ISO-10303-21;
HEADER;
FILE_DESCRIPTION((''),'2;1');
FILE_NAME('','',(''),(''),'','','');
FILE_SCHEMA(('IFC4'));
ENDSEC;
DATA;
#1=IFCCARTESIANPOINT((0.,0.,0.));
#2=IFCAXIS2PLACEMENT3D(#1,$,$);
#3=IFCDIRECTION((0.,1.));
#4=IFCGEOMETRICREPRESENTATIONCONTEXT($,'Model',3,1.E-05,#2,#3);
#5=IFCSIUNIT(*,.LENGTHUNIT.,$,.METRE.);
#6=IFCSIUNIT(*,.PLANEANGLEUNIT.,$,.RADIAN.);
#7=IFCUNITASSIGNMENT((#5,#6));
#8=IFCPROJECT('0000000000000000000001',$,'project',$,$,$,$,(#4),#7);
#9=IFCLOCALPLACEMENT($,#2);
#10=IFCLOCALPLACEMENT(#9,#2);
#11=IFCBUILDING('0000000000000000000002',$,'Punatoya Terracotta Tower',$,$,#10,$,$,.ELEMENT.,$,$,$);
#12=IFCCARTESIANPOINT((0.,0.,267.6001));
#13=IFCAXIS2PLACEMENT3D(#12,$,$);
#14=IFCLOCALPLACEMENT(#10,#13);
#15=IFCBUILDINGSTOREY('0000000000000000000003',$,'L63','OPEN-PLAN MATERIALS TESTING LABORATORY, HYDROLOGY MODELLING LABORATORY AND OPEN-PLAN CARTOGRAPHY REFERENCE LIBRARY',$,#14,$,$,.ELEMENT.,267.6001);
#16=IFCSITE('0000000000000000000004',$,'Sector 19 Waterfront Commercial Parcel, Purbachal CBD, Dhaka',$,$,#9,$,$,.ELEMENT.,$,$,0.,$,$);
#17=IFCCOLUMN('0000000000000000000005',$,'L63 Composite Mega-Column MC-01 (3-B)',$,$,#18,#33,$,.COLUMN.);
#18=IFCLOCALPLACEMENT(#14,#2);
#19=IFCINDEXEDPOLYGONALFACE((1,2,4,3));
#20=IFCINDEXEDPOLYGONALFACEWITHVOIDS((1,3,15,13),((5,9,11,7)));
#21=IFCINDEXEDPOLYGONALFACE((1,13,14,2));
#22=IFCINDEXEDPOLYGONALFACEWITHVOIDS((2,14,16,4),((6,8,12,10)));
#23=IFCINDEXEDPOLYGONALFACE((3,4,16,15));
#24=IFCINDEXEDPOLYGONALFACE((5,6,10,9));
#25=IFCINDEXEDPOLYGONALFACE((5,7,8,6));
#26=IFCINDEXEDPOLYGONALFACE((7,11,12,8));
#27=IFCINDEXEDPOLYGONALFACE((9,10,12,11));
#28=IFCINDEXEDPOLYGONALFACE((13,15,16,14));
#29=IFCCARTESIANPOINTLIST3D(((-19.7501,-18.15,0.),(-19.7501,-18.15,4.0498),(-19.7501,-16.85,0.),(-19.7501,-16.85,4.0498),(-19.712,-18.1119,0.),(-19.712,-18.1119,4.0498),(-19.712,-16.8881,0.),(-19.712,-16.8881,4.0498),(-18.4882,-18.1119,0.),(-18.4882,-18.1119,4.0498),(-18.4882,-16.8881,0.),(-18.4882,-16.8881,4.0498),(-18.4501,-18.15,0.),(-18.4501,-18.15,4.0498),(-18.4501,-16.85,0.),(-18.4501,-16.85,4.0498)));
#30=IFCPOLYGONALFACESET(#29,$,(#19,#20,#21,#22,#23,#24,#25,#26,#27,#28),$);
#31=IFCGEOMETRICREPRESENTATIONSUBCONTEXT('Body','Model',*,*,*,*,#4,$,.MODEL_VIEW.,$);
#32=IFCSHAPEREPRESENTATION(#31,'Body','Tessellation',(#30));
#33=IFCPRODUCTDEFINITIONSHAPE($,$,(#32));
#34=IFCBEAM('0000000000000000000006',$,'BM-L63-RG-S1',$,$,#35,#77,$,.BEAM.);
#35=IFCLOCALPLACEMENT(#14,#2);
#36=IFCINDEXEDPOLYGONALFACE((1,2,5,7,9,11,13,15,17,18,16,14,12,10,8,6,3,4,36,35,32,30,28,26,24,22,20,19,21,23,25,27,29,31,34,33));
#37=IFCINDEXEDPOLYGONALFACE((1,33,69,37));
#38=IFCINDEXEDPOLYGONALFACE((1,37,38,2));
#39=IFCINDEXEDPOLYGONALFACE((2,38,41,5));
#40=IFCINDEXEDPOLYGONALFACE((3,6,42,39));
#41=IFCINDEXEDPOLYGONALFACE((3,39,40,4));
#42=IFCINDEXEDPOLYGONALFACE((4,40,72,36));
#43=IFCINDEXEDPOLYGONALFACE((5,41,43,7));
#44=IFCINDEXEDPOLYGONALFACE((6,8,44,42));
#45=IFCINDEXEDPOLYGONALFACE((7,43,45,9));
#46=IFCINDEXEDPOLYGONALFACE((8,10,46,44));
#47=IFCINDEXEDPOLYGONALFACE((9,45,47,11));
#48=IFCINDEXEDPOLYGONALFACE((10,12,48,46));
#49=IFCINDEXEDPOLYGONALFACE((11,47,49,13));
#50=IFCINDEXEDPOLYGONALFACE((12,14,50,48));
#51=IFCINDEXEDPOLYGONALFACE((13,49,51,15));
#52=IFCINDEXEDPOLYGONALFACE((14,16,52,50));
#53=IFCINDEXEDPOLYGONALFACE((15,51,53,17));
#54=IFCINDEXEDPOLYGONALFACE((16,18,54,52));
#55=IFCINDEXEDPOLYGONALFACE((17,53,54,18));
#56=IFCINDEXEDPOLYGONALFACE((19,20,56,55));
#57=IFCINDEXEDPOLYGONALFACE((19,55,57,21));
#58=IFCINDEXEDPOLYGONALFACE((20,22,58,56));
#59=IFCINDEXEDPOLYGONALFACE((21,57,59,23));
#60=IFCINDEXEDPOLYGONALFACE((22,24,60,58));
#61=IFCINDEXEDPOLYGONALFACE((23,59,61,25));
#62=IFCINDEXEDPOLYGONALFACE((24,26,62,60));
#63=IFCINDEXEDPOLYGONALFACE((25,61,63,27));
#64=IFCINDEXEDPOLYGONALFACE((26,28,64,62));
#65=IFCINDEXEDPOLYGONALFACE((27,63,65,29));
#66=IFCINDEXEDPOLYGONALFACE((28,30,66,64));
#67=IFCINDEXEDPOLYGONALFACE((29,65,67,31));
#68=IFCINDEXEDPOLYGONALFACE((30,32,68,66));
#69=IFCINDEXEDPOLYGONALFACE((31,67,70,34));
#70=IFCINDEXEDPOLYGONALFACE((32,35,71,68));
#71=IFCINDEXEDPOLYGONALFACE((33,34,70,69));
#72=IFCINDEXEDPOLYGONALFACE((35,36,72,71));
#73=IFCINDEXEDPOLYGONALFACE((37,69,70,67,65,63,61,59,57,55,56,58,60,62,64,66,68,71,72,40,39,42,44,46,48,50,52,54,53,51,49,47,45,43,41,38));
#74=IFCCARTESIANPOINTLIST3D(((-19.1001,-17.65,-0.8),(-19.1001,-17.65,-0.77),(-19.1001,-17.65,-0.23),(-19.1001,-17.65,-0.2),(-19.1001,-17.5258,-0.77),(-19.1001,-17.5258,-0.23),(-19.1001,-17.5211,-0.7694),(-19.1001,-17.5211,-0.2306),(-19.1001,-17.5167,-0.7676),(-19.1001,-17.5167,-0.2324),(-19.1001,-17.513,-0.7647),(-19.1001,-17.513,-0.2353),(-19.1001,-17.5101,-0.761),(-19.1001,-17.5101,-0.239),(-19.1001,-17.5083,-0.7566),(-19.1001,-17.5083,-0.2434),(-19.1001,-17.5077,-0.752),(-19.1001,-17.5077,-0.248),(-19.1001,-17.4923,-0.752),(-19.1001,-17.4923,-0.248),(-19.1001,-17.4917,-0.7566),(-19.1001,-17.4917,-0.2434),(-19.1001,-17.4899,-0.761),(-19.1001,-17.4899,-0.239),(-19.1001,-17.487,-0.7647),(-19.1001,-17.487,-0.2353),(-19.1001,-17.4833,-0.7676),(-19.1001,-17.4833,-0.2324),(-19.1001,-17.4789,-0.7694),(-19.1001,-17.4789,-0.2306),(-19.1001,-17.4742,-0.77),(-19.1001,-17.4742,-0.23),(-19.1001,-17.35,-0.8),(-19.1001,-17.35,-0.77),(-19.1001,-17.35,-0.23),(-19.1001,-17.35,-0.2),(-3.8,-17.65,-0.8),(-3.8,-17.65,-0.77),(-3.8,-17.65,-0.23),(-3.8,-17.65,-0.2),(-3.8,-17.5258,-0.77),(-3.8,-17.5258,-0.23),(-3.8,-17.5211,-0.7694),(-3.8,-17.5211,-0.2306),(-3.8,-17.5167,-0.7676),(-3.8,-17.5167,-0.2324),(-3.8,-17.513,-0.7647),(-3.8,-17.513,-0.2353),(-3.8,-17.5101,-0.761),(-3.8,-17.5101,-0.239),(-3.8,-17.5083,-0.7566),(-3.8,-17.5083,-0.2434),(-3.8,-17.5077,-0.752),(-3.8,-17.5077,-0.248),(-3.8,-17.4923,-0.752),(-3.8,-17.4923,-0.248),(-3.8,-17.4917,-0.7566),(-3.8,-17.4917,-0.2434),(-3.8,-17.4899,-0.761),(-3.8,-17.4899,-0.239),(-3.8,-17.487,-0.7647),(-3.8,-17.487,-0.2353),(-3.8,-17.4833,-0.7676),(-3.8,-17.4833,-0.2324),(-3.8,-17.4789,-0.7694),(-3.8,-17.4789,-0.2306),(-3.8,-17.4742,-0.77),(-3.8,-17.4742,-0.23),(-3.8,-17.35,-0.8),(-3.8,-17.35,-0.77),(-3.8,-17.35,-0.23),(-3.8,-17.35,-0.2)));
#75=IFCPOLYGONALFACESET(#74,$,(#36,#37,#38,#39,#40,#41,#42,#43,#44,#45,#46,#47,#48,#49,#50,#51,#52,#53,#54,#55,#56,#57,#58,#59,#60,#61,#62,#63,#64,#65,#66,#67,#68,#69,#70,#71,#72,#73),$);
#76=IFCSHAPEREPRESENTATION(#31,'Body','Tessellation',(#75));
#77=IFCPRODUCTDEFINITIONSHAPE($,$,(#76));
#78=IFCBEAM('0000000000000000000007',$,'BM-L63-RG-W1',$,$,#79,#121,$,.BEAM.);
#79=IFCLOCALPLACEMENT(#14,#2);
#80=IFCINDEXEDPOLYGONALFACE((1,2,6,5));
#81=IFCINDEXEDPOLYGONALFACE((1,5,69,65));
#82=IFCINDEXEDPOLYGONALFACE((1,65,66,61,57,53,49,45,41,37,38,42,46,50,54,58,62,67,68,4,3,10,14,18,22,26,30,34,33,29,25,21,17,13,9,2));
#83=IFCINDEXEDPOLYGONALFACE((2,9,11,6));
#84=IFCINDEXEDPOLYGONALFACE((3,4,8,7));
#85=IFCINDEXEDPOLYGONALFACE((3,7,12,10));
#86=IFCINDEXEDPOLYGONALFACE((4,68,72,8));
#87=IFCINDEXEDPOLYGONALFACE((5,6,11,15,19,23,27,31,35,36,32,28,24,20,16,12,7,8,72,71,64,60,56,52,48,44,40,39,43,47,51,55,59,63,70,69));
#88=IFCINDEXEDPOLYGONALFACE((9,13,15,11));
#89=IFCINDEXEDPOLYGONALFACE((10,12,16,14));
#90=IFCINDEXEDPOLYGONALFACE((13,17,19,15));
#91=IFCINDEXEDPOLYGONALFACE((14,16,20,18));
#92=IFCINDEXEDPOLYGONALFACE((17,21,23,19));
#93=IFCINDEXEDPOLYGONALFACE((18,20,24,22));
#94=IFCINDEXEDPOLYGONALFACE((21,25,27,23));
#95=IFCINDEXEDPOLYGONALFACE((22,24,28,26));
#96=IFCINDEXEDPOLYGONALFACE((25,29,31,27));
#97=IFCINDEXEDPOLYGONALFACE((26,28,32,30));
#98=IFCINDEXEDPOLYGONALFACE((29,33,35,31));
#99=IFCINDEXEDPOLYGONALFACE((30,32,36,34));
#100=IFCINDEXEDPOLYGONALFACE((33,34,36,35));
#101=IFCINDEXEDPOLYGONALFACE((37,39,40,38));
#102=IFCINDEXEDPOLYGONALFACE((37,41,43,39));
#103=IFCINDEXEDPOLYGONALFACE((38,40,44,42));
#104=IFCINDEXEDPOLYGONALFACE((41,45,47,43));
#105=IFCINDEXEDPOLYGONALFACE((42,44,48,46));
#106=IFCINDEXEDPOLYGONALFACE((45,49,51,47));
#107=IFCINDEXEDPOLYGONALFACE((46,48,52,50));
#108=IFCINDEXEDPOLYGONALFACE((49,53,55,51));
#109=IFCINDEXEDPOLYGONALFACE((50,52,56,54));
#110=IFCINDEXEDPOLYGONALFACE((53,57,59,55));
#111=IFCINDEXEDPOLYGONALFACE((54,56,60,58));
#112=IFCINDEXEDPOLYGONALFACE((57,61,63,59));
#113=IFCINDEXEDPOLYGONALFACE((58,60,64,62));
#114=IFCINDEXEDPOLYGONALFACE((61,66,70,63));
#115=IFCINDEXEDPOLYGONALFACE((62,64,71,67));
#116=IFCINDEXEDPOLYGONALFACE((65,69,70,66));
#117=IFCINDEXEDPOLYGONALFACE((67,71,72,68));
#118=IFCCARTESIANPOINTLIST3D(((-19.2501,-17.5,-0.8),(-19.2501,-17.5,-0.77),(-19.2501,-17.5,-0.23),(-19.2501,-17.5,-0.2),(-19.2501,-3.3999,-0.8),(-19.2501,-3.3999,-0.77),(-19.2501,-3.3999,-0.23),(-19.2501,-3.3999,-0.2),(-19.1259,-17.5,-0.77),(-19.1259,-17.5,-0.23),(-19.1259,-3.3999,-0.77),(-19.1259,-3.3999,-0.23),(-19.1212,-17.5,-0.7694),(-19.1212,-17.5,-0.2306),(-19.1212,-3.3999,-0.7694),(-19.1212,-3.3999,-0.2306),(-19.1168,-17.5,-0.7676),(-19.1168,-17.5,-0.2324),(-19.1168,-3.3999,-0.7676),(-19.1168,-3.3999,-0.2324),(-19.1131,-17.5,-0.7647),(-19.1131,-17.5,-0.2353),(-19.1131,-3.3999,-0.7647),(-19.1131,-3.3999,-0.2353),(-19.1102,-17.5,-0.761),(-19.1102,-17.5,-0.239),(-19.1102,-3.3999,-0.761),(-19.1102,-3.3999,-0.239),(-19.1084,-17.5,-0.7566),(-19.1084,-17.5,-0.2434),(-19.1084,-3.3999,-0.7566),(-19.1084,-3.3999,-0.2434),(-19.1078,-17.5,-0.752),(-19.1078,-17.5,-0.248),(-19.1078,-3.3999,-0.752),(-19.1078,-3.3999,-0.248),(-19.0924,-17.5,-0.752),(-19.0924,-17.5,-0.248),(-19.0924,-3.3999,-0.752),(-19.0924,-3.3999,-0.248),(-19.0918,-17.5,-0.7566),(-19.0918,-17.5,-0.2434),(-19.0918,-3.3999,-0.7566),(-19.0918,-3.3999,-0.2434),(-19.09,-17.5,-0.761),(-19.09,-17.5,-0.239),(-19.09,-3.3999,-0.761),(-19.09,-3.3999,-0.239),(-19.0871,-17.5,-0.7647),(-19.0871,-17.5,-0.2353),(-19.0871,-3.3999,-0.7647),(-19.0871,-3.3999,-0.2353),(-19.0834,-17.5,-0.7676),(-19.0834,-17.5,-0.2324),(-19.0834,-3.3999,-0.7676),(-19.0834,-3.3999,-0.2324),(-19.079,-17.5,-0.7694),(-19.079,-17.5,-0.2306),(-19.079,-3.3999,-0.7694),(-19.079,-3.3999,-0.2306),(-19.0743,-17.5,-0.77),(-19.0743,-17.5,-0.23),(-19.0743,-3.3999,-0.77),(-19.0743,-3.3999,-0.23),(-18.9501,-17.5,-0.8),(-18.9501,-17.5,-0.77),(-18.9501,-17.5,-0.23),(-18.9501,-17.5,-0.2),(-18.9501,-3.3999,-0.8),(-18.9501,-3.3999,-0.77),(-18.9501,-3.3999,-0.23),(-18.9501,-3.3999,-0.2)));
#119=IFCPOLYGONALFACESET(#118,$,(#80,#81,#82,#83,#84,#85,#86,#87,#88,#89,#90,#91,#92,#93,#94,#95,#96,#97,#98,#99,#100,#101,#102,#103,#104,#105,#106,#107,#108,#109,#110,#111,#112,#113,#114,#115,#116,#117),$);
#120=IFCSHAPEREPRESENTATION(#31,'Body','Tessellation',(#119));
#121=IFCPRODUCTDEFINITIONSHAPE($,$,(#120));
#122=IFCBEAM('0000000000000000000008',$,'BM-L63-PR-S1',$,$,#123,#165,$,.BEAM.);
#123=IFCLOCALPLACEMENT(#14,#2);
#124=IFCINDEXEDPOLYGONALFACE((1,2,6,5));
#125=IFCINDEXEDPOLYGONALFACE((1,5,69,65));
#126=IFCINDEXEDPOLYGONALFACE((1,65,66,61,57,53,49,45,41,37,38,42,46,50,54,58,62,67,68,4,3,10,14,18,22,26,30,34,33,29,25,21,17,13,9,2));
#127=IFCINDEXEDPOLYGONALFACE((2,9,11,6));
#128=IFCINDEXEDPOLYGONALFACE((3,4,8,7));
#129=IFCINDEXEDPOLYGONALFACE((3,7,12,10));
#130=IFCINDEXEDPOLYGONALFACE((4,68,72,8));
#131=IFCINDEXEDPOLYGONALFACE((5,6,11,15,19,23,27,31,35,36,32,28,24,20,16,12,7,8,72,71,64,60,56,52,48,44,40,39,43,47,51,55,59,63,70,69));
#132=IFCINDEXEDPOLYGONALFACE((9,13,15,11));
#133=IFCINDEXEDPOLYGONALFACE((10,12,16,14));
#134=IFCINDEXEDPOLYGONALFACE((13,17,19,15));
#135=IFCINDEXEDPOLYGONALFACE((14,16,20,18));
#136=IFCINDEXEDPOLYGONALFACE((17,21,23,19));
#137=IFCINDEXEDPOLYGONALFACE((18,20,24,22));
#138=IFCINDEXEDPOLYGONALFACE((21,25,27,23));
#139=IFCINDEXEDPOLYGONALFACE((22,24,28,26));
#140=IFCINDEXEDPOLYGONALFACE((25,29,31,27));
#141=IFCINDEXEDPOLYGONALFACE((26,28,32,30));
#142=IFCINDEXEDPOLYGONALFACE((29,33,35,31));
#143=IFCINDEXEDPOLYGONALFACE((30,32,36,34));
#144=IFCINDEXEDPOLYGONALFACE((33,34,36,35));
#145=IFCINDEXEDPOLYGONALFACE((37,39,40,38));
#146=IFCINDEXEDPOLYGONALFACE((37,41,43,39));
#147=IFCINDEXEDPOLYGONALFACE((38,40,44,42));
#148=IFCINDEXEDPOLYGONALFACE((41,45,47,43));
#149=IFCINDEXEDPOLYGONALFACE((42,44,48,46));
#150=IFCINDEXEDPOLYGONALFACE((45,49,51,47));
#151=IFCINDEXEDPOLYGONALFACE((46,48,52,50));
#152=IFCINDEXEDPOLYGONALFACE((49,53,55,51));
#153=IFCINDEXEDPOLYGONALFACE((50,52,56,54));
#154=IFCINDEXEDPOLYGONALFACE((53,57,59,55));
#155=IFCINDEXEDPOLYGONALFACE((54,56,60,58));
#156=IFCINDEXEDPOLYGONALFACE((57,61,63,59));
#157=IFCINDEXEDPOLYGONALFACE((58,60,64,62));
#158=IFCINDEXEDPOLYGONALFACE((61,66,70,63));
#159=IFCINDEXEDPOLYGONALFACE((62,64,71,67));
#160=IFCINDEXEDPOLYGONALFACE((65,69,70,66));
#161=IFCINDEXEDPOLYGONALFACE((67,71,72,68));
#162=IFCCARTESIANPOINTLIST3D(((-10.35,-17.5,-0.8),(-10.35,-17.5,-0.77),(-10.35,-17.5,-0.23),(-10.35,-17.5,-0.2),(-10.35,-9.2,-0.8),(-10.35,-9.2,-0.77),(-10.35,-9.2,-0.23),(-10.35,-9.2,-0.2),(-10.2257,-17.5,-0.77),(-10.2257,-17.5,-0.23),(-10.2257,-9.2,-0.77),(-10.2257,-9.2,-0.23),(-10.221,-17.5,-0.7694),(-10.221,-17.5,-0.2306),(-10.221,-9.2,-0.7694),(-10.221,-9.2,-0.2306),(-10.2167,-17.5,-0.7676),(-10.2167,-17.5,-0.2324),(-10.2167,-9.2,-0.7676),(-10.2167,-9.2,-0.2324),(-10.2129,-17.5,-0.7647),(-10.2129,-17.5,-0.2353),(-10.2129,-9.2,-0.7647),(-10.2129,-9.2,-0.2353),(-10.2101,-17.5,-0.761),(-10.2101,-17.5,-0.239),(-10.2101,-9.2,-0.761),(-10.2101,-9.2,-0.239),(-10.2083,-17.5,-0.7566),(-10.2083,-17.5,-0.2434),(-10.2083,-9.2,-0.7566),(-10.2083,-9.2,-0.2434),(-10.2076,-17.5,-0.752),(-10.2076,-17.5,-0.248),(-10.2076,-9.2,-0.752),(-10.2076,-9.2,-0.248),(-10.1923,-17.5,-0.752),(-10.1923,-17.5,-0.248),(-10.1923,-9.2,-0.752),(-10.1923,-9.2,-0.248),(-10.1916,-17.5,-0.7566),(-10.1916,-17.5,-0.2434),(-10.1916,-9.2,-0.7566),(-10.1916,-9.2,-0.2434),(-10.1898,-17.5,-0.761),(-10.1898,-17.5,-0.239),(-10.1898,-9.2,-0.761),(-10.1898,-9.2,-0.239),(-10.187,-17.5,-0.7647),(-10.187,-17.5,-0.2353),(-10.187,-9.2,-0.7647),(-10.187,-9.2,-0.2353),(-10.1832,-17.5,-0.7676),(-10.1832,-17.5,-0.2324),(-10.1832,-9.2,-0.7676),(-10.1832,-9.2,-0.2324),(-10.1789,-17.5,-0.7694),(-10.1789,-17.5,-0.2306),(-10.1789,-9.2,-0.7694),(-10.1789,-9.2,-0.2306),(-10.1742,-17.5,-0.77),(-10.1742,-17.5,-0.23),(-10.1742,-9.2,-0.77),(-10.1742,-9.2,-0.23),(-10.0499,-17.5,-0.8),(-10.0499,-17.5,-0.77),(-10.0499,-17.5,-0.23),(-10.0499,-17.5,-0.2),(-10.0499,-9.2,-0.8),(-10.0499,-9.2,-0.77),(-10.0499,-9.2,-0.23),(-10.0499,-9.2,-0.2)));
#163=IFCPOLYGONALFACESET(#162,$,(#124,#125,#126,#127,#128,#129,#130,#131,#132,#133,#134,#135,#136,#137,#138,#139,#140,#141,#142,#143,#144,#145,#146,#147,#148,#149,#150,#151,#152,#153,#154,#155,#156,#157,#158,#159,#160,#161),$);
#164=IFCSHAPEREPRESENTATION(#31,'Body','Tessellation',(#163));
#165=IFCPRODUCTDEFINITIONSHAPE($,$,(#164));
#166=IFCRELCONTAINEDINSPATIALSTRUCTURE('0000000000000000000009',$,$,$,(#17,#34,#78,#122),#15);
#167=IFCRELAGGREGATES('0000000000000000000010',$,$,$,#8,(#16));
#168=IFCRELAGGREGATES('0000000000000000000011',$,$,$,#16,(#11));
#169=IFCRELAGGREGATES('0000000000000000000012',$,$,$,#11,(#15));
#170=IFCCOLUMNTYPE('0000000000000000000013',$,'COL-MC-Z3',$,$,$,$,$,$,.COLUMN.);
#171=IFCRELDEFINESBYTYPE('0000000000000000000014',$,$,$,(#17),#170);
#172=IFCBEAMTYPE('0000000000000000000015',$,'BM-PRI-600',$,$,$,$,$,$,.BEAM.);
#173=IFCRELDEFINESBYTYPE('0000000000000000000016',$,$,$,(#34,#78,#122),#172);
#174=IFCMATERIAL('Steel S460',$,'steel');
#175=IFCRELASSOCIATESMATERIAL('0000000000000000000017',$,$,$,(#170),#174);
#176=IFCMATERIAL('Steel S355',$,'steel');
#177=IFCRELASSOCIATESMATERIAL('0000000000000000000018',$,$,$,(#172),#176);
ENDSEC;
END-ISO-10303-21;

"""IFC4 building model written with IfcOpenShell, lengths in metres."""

from ifc_helpers import new_model, si_unit, direction, frame, origin, origin_2d, place, context, subcontext, project, spatial, hollow_rectangle, i_section, extrude, material, material_profile, profile_set, type_object, element, save


model = new_model("IFC4")

# Units and contexts
model_context = context("Model", 3, precision=1e-05, world=origin(), true_north=direction((0.0, 1.0)))
body_context = subcontext(model_context, "Body", "Model", "MODEL_VIEW")
ifc_project = project(units=[si_unit("LENGTHUNIT", "METRE"), si_unit("PLANEANGLEUNIT", "RADIAN")], contexts=[model_context])

# Site, building, storey
site_placement = place(None, origin())
site = spatial("IfcSite", under=ifc_project, at=site_placement, Name="Sector 19 Waterfront Commercial Parcel, Purbachal CBD, Dhaka", CompositionType="ELEMENT", RefElevation=0.0)
building_placement = place(site_placement, origin())
building = spatial("IfcBuilding", under=site, at=building_placement, Name="Punatoya Terracotta Tower", CompositionType="ELEMENT")
storey_placement = place(building_placement, frame((0.0, 0.0, 267.6001)))
storey = spatial("IfcBuildingStorey", under=building, at=storey_placement, Name="L63", Description="OPEN-PLAN MATERIALS TESTING LABORATORY, HYDROLOGY MODELLING LABORATORY AND OPEN-PLAN CARTOGRAPHY REFERENCE LIBRARY", CompositionType="ELEMENT", Elevation=267.6001)

# Column
ifc_material_1 = material(Name="Steel S460", Category="steel")
ifc_material_profile_1 = material_profile(ifc_material_1, hollow_rectangle(XDim=1.3, YDim=1.3, WallThickness=0.0381, at=origin_2d()))
ifc_profile_set_1 = profile_set([ifc_material_profile_1], Name="Steel S460")
column_type = type_object("IfcColumnType", Name="COL-MC-Z3", PredefinedType="COLUMN", material=ifc_profile_set_1)
column_placement = place(storey_placement, frame((-19.1001, -17.5, 0.0), z_axis=(0.0, 0.0, 1.0), x_axis=(1.0, 0.0, 0.0)))
element("IfcColumn", 1, at=column_placement, inside=storey, type_object=column_type, Name="L63 Composite Mega-Column MC-01 (3-B)", PredefinedType="COLUMN", context=body_context, shape_type="SweptSolid", body=[
    extrude(hollow_rectangle(XDim=1.3, YDim=1.3, WallThickness=0.0381, at=origin_2d()), origin(), (0.0, 0.0, 1.0), 4.0498),
])

# Beams
ifc_material_2 = material(Name="Steel S355", Category="steel")
ifc_material_profile_2 = material_profile(ifc_material_2, i_section(OverallWidth=0.3, OverallDepth=0.6001, WebThickness=0.0154, FlangeThickness=0.03, FilletRadius=0.0181, at=origin_2d()))
ifc_profile_set_2 = profile_set([ifc_material_profile_2], Name="Steel S355")
beam_type_1 = type_object("IfcBeamType", Name="BM-PRI-600", PredefinedType="BEAM", material=ifc_profile_set_2)
beam_1_placement = place(storey_placement, frame((-19.1001, -17.5, -0.5), z_axis=(1.0, 0.0, 0.0), x_axis=(0.0, 1.0, 0.0)))
element("IfcBeam", 2, at=beam_1_placement, inside=storey, type_object=beam_type_1, Name="BM-L63-RG-S1", PredefinedType="BEAM", context=body_context, shape_type="SweptSolid", body=[
    extrude(i_section(OverallWidth=0.3, OverallDepth=0.6001, WebThickness=0.0154, FlangeThickness=0.03, FilletRadius=0.0181, at=origin_2d()), origin(), (0.0, 0.0, 1.0), 15.3),
])
beam_2_placement = place(storey_placement, frame((-19.1001, -17.5, -0.5), z_axis=(0.0, 1.0, 0.0), x_axis=(-1.0, 0.0, 0.0)))
element("IfcBeam", 3, at=beam_2_placement, inside=storey, type_object=beam_type_1, Name="BM-L63-RG-W1", PredefinedType="BEAM", context=body_context, shape_type="SweptSolid", body=[
    extrude(i_section(OverallWidth=0.3, OverallDepth=0.6001, WebThickness=0.0154, FlangeThickness=0.03, FilletRadius=0.0181, at=origin_2d()), origin(), (0.0, 0.0, 1.0), 14.1001),
])
beam_3_placement = place(storey_placement, frame((-10.2, -17.5, -0.5), z_axis=(0.0, 1.0, 0.0), x_axis=(-1.0, 0.0, 0.0)))
element("IfcBeam", 4, at=beam_3_placement, inside=storey, type_object=beam_type_1, Name="BM-L63-PR-S1", PredefinedType="BEAM", context=body_context, shape_type="SweptSolid", body=[
    extrude(i_section(OverallWidth=0.3, OverallDepth=0.6001, WebThickness=0.0154, FlangeThickness=0.03, FilletRadius=0.0181, at=origin_2d()), origin(), (0.0, 0.0, 1.0), 8.3),
])

save(model, "model.ifc")
